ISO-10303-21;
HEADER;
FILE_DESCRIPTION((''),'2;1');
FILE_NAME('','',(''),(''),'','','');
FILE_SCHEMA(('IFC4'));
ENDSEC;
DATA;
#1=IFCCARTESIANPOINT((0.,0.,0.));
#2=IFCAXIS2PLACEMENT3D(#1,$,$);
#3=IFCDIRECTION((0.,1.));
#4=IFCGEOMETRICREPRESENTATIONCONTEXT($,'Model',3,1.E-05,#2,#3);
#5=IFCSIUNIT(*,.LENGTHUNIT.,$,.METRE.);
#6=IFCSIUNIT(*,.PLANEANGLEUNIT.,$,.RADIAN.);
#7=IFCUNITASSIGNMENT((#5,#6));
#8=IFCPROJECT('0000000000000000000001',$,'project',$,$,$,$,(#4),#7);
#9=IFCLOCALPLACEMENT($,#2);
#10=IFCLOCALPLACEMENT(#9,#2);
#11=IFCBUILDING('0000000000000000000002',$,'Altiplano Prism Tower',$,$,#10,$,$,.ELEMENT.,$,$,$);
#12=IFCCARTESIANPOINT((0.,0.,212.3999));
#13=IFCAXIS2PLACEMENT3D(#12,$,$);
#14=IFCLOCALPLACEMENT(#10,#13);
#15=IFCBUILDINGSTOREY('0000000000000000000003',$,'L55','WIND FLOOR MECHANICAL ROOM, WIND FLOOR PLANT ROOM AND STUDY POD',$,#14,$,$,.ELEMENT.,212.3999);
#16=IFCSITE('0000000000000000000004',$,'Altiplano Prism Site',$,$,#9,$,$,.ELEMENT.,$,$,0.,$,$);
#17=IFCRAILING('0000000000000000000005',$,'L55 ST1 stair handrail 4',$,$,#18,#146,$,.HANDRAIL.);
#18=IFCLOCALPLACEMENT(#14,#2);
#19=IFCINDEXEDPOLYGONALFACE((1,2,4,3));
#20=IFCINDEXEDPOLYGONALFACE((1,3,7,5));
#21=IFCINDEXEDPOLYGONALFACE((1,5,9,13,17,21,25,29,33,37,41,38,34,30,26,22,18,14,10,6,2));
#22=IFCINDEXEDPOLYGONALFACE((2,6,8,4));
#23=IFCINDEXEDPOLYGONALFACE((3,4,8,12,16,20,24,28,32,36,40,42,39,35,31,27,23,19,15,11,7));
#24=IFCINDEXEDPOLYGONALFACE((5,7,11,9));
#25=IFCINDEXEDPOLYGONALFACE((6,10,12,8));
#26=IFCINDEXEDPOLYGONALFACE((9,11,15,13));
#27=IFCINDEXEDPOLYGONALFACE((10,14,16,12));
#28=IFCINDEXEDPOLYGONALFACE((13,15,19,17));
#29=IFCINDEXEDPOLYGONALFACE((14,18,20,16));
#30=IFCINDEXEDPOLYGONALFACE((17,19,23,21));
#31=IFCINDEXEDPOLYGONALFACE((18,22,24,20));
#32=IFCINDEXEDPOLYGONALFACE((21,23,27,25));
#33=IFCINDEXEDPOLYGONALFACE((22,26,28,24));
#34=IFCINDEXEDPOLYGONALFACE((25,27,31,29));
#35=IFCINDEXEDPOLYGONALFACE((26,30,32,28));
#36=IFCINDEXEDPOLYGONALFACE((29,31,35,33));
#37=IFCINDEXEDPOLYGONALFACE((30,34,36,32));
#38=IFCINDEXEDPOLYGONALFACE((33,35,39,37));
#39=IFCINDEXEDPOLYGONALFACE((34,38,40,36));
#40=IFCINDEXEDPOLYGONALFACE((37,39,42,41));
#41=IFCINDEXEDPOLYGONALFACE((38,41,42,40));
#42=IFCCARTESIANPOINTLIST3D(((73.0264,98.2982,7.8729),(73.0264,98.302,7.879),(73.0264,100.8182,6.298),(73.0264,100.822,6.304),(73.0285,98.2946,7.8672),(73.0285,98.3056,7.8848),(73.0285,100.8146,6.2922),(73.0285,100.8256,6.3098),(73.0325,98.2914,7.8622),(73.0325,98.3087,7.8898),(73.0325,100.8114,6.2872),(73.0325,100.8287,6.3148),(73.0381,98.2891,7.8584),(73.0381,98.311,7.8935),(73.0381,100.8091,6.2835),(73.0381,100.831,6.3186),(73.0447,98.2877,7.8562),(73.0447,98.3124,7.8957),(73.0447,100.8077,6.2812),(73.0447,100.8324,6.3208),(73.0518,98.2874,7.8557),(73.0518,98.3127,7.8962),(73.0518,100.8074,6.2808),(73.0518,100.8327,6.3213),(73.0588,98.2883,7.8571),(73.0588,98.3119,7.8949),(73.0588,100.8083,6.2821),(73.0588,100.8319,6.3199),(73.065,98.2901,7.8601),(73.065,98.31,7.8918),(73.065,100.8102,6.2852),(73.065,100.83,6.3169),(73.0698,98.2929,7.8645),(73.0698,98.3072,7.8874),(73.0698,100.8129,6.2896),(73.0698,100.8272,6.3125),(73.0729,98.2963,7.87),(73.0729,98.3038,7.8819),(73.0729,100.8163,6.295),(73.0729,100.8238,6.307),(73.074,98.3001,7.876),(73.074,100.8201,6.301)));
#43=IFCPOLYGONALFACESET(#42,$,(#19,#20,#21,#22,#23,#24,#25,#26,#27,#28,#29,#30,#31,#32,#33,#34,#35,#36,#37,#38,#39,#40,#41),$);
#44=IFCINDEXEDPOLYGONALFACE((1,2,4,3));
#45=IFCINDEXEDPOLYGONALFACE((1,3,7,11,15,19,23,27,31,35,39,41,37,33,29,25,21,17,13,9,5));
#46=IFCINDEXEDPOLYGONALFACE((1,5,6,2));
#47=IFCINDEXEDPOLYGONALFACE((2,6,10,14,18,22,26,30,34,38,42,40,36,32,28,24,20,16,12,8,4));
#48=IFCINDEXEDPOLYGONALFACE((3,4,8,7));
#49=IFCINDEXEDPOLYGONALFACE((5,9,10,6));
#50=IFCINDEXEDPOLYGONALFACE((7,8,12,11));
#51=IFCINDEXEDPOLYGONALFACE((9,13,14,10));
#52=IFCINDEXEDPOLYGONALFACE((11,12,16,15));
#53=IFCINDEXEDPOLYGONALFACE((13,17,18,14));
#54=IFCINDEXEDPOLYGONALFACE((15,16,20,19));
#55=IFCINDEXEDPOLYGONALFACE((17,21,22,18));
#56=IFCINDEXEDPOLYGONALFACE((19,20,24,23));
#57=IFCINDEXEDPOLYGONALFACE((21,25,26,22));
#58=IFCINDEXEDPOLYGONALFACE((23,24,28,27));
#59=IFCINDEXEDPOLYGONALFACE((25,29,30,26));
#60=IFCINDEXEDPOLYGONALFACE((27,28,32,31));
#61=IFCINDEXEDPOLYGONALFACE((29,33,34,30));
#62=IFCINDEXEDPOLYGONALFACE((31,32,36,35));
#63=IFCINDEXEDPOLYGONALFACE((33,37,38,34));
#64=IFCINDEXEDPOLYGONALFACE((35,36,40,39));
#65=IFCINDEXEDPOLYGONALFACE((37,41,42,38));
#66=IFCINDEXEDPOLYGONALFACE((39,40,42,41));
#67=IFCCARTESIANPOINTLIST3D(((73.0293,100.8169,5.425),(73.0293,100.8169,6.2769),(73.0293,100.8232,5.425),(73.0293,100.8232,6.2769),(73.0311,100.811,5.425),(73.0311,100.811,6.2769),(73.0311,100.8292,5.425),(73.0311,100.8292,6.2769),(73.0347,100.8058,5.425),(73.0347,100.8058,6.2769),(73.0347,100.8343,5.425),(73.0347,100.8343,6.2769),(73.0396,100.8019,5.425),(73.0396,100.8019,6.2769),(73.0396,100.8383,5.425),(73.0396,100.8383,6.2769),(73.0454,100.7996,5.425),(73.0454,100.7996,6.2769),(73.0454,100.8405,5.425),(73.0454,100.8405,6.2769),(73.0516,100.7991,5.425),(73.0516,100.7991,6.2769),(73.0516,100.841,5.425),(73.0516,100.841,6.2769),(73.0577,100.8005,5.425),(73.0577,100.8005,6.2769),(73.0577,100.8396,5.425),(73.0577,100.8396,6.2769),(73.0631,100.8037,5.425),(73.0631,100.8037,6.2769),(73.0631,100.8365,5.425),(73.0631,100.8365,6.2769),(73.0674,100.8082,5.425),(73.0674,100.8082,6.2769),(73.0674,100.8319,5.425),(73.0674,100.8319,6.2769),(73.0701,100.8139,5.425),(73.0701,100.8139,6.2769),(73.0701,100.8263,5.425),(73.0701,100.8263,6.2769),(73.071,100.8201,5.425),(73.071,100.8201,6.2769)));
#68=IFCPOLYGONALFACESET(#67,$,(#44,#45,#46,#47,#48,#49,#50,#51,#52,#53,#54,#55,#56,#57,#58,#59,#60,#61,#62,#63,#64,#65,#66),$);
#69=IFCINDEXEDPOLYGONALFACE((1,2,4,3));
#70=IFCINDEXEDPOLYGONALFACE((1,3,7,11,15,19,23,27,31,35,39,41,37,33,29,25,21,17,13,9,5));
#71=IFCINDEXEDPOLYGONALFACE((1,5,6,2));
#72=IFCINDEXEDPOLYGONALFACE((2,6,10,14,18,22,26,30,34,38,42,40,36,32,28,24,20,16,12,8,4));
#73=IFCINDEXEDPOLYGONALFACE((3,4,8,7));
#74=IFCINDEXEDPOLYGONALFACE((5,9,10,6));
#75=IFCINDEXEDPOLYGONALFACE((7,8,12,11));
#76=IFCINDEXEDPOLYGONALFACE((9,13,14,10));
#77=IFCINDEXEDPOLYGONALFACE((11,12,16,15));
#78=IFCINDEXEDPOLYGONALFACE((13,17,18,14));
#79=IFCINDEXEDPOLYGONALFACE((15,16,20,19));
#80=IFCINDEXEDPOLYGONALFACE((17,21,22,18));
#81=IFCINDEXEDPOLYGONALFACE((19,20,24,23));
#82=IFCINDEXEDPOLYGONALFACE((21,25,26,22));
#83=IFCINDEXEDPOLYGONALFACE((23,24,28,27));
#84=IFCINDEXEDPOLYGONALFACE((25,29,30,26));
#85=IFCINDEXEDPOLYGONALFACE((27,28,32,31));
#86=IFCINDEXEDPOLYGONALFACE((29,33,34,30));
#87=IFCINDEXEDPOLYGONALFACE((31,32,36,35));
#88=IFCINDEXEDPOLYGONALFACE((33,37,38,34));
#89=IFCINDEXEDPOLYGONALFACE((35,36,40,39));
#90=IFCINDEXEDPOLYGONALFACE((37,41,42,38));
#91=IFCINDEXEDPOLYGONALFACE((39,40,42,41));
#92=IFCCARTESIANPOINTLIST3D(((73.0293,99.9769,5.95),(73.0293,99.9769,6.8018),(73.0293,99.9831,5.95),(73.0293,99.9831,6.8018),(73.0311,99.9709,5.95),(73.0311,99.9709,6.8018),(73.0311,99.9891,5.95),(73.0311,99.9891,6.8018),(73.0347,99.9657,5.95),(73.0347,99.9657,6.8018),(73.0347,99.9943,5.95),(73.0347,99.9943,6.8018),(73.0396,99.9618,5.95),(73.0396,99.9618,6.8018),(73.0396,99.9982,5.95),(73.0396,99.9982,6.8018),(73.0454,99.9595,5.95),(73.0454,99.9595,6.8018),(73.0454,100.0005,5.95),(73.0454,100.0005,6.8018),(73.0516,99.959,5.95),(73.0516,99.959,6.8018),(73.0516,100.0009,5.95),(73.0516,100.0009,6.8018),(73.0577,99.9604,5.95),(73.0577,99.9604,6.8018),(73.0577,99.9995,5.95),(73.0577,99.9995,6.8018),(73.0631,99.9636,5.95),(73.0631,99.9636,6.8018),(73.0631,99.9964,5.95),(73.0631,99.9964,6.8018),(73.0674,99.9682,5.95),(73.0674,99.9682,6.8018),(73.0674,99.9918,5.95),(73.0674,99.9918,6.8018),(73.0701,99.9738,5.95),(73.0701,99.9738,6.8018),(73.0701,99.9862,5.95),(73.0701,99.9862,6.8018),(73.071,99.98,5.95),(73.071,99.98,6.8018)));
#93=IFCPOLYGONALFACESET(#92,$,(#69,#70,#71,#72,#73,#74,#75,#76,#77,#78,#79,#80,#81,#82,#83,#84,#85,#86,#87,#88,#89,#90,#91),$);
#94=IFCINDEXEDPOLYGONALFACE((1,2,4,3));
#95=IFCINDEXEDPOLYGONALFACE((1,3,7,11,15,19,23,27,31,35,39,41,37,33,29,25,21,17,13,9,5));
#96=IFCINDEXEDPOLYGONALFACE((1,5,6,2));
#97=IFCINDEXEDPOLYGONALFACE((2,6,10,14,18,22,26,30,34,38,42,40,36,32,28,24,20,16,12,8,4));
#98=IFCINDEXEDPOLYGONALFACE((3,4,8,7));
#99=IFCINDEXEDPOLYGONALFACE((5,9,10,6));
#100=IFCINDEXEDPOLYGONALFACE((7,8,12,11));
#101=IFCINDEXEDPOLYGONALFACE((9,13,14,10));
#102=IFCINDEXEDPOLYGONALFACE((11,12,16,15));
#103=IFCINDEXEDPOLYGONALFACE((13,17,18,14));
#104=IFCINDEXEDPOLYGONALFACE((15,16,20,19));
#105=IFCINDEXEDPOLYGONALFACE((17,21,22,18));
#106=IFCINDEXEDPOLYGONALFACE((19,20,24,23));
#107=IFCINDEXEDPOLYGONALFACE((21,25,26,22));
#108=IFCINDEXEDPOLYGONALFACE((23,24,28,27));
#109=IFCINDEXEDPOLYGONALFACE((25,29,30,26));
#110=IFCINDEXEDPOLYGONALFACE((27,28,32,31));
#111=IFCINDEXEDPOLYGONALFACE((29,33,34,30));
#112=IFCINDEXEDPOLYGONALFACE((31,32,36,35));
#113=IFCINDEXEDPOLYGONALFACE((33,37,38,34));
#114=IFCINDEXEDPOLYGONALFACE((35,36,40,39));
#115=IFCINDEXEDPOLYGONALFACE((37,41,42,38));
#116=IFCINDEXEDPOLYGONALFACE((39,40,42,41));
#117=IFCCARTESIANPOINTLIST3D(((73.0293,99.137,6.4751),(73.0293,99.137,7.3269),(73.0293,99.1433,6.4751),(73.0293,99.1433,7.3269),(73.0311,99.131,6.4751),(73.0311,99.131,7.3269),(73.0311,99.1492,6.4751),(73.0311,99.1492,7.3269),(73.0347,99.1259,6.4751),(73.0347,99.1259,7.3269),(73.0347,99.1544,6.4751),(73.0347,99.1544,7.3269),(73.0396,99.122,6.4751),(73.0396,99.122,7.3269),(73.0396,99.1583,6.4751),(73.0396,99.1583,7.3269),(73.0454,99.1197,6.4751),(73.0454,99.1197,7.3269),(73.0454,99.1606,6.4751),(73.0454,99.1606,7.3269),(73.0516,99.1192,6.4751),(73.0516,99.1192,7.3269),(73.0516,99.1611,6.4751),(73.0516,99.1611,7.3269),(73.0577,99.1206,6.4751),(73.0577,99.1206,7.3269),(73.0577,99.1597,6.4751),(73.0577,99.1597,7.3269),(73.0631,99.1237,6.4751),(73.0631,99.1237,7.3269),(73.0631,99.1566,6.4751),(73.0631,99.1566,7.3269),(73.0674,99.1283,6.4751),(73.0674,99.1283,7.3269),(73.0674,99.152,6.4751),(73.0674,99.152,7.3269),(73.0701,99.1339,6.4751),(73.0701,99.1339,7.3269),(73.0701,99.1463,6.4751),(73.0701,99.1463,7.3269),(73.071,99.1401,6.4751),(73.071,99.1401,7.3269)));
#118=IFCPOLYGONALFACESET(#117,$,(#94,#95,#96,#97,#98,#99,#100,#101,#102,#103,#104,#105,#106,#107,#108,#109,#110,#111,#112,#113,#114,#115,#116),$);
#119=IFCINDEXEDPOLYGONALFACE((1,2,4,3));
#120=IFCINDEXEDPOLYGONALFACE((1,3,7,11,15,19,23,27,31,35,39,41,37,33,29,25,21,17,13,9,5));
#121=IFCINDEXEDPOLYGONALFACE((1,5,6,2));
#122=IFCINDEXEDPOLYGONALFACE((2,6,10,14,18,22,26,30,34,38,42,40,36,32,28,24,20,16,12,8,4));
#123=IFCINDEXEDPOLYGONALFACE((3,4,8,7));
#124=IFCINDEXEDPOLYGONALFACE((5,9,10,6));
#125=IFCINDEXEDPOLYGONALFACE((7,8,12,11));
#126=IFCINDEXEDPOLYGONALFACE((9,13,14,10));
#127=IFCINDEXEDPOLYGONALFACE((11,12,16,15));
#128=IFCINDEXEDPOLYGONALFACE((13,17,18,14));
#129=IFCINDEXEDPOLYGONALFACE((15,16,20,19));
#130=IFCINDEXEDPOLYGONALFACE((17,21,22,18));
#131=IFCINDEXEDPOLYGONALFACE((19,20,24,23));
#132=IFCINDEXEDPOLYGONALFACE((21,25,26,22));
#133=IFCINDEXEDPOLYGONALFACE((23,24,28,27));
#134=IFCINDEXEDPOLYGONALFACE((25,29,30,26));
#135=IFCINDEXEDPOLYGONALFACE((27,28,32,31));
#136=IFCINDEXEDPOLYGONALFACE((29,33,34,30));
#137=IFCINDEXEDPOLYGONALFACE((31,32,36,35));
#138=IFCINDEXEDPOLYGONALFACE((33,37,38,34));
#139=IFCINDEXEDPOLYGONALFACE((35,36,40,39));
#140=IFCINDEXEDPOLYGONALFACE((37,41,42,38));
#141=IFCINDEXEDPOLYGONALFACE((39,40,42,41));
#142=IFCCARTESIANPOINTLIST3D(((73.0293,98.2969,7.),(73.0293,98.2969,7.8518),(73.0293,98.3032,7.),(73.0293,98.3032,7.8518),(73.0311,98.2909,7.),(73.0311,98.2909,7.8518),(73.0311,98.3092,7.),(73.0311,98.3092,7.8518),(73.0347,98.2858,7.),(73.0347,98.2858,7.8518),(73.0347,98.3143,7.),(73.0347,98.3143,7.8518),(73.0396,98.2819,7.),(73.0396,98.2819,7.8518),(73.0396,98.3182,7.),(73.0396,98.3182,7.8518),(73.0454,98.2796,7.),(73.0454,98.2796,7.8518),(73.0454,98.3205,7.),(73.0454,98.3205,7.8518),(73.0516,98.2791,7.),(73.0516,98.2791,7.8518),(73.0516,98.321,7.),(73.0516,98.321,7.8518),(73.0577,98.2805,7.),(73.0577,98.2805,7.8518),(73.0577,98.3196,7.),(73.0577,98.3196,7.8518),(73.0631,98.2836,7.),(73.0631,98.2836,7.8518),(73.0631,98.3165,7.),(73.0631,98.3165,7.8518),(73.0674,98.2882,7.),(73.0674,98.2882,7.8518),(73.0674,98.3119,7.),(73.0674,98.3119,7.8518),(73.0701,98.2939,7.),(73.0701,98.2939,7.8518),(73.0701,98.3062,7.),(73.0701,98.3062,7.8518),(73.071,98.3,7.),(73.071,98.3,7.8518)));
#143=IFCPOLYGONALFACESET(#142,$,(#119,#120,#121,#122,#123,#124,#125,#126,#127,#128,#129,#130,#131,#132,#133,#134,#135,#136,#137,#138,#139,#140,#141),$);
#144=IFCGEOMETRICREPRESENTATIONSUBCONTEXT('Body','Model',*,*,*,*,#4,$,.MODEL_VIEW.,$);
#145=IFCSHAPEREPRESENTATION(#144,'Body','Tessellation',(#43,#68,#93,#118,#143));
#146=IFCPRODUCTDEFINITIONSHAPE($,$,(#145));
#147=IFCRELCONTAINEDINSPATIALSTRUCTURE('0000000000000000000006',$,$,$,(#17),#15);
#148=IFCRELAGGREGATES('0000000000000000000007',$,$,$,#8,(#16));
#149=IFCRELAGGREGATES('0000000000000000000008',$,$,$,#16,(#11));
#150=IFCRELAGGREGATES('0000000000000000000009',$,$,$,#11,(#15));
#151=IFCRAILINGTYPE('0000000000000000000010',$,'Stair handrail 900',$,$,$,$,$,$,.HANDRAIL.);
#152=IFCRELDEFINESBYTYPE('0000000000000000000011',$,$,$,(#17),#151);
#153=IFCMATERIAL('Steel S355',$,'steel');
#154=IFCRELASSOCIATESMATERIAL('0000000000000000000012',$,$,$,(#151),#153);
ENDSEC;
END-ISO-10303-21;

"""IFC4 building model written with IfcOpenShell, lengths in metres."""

from ifc_helpers import new_model, si_unit, direction, frame, origin, origin_2d, place, context, subcontext, project, spatial, circle, extrude, material, type_object, element, save


model = new_model("IFC4")

# Units and contexts
model_context = context("Model", 3, precision=1e-05, world=origin(), true_north=direction((0.0, 1.0)))
body_context = subcontext(model_context, "Body", "Model", "MODEL_VIEW")
ifc_project = project(units=[si_unit("LENGTHUNIT", "METRE"), si_unit("PLANEANGLEUNIT", "RADIAN")], contexts=[model_context])

# Site, building, storey
site_placement = place(None, origin())
site = spatial("IfcSite", under=ifc_project, at=site_placement, Name="Altiplano Prism Site", CompositionType="ELEMENT", RefElevation=0.0)
building_placement = place(site_placement, origin())
building = spatial("IfcBuilding", under=site, at=building_placement, Name="Altiplano Prism Tower", CompositionType="ELEMENT")
storey_placement = place(building_placement, frame((0.0, 0.0, 212.3999)))
storey = spatial("IfcBuildingStorey", under=building, at=storey_placement, Name="L55", Description="WIND FLOOR MECHANICAL ROOM, WIND FLOOR PLANT ROOM AND STUDY POD", CompositionType="ELEMENT", Elevation=212.3999)

# Shared definitions
ifc_material_1 = material(Name="Steel S355", Category="steel")

# Railing
railing_type_1 = type_object("IfcRailingType", Name="Stair handrail 900", PredefinedType="HANDRAIL", material=ifc_material_1)
for number, where, name in (
    (1, (73.05, 100.8201, 5.425), "L55 ST1 stair handrail 4"),
):
    element("IfcRailing", number, at=place(storey_placement, frame(where)), inside=storey, type_object=railing_type_1, Name=name, PredefinedType="HANDRAIL", context=body_context, shape_type="SweptSolid", body=[
        extrude(circle(Radius=0.0239, at=origin_2d()), frame((0.0, 0.0, 0.876), z_axis=(0.0, -0.848008, 0.529984), x_axis=(1.0, 0.0, 0.0)), (0.0, 0.0, 1.0), 2.9717),
        extrude(circle(Radius=0.021, at=origin_2d()), origin(), (0.0, 0.0, 1.0), 0.8518),
        extrude(circle(Radius=0.021, at=origin_2d()), frame((0.0, -0.8401, 0.5249)), (0.0, 0.0, 1.0), 0.8518),
        extrude(circle(Radius=0.021, at=origin_2d()), frame((0.0, -1.6799, 1.05)), (0.0, 0.0, 1.0), 0.8518),
        extrude(circle(Radius=0.021, at=origin_2d()), frame((0.0, -2.52, 1.575)), (0.0, 0.0, 1.0), 0.8518),
    ])

save(model, "model.ifc")
